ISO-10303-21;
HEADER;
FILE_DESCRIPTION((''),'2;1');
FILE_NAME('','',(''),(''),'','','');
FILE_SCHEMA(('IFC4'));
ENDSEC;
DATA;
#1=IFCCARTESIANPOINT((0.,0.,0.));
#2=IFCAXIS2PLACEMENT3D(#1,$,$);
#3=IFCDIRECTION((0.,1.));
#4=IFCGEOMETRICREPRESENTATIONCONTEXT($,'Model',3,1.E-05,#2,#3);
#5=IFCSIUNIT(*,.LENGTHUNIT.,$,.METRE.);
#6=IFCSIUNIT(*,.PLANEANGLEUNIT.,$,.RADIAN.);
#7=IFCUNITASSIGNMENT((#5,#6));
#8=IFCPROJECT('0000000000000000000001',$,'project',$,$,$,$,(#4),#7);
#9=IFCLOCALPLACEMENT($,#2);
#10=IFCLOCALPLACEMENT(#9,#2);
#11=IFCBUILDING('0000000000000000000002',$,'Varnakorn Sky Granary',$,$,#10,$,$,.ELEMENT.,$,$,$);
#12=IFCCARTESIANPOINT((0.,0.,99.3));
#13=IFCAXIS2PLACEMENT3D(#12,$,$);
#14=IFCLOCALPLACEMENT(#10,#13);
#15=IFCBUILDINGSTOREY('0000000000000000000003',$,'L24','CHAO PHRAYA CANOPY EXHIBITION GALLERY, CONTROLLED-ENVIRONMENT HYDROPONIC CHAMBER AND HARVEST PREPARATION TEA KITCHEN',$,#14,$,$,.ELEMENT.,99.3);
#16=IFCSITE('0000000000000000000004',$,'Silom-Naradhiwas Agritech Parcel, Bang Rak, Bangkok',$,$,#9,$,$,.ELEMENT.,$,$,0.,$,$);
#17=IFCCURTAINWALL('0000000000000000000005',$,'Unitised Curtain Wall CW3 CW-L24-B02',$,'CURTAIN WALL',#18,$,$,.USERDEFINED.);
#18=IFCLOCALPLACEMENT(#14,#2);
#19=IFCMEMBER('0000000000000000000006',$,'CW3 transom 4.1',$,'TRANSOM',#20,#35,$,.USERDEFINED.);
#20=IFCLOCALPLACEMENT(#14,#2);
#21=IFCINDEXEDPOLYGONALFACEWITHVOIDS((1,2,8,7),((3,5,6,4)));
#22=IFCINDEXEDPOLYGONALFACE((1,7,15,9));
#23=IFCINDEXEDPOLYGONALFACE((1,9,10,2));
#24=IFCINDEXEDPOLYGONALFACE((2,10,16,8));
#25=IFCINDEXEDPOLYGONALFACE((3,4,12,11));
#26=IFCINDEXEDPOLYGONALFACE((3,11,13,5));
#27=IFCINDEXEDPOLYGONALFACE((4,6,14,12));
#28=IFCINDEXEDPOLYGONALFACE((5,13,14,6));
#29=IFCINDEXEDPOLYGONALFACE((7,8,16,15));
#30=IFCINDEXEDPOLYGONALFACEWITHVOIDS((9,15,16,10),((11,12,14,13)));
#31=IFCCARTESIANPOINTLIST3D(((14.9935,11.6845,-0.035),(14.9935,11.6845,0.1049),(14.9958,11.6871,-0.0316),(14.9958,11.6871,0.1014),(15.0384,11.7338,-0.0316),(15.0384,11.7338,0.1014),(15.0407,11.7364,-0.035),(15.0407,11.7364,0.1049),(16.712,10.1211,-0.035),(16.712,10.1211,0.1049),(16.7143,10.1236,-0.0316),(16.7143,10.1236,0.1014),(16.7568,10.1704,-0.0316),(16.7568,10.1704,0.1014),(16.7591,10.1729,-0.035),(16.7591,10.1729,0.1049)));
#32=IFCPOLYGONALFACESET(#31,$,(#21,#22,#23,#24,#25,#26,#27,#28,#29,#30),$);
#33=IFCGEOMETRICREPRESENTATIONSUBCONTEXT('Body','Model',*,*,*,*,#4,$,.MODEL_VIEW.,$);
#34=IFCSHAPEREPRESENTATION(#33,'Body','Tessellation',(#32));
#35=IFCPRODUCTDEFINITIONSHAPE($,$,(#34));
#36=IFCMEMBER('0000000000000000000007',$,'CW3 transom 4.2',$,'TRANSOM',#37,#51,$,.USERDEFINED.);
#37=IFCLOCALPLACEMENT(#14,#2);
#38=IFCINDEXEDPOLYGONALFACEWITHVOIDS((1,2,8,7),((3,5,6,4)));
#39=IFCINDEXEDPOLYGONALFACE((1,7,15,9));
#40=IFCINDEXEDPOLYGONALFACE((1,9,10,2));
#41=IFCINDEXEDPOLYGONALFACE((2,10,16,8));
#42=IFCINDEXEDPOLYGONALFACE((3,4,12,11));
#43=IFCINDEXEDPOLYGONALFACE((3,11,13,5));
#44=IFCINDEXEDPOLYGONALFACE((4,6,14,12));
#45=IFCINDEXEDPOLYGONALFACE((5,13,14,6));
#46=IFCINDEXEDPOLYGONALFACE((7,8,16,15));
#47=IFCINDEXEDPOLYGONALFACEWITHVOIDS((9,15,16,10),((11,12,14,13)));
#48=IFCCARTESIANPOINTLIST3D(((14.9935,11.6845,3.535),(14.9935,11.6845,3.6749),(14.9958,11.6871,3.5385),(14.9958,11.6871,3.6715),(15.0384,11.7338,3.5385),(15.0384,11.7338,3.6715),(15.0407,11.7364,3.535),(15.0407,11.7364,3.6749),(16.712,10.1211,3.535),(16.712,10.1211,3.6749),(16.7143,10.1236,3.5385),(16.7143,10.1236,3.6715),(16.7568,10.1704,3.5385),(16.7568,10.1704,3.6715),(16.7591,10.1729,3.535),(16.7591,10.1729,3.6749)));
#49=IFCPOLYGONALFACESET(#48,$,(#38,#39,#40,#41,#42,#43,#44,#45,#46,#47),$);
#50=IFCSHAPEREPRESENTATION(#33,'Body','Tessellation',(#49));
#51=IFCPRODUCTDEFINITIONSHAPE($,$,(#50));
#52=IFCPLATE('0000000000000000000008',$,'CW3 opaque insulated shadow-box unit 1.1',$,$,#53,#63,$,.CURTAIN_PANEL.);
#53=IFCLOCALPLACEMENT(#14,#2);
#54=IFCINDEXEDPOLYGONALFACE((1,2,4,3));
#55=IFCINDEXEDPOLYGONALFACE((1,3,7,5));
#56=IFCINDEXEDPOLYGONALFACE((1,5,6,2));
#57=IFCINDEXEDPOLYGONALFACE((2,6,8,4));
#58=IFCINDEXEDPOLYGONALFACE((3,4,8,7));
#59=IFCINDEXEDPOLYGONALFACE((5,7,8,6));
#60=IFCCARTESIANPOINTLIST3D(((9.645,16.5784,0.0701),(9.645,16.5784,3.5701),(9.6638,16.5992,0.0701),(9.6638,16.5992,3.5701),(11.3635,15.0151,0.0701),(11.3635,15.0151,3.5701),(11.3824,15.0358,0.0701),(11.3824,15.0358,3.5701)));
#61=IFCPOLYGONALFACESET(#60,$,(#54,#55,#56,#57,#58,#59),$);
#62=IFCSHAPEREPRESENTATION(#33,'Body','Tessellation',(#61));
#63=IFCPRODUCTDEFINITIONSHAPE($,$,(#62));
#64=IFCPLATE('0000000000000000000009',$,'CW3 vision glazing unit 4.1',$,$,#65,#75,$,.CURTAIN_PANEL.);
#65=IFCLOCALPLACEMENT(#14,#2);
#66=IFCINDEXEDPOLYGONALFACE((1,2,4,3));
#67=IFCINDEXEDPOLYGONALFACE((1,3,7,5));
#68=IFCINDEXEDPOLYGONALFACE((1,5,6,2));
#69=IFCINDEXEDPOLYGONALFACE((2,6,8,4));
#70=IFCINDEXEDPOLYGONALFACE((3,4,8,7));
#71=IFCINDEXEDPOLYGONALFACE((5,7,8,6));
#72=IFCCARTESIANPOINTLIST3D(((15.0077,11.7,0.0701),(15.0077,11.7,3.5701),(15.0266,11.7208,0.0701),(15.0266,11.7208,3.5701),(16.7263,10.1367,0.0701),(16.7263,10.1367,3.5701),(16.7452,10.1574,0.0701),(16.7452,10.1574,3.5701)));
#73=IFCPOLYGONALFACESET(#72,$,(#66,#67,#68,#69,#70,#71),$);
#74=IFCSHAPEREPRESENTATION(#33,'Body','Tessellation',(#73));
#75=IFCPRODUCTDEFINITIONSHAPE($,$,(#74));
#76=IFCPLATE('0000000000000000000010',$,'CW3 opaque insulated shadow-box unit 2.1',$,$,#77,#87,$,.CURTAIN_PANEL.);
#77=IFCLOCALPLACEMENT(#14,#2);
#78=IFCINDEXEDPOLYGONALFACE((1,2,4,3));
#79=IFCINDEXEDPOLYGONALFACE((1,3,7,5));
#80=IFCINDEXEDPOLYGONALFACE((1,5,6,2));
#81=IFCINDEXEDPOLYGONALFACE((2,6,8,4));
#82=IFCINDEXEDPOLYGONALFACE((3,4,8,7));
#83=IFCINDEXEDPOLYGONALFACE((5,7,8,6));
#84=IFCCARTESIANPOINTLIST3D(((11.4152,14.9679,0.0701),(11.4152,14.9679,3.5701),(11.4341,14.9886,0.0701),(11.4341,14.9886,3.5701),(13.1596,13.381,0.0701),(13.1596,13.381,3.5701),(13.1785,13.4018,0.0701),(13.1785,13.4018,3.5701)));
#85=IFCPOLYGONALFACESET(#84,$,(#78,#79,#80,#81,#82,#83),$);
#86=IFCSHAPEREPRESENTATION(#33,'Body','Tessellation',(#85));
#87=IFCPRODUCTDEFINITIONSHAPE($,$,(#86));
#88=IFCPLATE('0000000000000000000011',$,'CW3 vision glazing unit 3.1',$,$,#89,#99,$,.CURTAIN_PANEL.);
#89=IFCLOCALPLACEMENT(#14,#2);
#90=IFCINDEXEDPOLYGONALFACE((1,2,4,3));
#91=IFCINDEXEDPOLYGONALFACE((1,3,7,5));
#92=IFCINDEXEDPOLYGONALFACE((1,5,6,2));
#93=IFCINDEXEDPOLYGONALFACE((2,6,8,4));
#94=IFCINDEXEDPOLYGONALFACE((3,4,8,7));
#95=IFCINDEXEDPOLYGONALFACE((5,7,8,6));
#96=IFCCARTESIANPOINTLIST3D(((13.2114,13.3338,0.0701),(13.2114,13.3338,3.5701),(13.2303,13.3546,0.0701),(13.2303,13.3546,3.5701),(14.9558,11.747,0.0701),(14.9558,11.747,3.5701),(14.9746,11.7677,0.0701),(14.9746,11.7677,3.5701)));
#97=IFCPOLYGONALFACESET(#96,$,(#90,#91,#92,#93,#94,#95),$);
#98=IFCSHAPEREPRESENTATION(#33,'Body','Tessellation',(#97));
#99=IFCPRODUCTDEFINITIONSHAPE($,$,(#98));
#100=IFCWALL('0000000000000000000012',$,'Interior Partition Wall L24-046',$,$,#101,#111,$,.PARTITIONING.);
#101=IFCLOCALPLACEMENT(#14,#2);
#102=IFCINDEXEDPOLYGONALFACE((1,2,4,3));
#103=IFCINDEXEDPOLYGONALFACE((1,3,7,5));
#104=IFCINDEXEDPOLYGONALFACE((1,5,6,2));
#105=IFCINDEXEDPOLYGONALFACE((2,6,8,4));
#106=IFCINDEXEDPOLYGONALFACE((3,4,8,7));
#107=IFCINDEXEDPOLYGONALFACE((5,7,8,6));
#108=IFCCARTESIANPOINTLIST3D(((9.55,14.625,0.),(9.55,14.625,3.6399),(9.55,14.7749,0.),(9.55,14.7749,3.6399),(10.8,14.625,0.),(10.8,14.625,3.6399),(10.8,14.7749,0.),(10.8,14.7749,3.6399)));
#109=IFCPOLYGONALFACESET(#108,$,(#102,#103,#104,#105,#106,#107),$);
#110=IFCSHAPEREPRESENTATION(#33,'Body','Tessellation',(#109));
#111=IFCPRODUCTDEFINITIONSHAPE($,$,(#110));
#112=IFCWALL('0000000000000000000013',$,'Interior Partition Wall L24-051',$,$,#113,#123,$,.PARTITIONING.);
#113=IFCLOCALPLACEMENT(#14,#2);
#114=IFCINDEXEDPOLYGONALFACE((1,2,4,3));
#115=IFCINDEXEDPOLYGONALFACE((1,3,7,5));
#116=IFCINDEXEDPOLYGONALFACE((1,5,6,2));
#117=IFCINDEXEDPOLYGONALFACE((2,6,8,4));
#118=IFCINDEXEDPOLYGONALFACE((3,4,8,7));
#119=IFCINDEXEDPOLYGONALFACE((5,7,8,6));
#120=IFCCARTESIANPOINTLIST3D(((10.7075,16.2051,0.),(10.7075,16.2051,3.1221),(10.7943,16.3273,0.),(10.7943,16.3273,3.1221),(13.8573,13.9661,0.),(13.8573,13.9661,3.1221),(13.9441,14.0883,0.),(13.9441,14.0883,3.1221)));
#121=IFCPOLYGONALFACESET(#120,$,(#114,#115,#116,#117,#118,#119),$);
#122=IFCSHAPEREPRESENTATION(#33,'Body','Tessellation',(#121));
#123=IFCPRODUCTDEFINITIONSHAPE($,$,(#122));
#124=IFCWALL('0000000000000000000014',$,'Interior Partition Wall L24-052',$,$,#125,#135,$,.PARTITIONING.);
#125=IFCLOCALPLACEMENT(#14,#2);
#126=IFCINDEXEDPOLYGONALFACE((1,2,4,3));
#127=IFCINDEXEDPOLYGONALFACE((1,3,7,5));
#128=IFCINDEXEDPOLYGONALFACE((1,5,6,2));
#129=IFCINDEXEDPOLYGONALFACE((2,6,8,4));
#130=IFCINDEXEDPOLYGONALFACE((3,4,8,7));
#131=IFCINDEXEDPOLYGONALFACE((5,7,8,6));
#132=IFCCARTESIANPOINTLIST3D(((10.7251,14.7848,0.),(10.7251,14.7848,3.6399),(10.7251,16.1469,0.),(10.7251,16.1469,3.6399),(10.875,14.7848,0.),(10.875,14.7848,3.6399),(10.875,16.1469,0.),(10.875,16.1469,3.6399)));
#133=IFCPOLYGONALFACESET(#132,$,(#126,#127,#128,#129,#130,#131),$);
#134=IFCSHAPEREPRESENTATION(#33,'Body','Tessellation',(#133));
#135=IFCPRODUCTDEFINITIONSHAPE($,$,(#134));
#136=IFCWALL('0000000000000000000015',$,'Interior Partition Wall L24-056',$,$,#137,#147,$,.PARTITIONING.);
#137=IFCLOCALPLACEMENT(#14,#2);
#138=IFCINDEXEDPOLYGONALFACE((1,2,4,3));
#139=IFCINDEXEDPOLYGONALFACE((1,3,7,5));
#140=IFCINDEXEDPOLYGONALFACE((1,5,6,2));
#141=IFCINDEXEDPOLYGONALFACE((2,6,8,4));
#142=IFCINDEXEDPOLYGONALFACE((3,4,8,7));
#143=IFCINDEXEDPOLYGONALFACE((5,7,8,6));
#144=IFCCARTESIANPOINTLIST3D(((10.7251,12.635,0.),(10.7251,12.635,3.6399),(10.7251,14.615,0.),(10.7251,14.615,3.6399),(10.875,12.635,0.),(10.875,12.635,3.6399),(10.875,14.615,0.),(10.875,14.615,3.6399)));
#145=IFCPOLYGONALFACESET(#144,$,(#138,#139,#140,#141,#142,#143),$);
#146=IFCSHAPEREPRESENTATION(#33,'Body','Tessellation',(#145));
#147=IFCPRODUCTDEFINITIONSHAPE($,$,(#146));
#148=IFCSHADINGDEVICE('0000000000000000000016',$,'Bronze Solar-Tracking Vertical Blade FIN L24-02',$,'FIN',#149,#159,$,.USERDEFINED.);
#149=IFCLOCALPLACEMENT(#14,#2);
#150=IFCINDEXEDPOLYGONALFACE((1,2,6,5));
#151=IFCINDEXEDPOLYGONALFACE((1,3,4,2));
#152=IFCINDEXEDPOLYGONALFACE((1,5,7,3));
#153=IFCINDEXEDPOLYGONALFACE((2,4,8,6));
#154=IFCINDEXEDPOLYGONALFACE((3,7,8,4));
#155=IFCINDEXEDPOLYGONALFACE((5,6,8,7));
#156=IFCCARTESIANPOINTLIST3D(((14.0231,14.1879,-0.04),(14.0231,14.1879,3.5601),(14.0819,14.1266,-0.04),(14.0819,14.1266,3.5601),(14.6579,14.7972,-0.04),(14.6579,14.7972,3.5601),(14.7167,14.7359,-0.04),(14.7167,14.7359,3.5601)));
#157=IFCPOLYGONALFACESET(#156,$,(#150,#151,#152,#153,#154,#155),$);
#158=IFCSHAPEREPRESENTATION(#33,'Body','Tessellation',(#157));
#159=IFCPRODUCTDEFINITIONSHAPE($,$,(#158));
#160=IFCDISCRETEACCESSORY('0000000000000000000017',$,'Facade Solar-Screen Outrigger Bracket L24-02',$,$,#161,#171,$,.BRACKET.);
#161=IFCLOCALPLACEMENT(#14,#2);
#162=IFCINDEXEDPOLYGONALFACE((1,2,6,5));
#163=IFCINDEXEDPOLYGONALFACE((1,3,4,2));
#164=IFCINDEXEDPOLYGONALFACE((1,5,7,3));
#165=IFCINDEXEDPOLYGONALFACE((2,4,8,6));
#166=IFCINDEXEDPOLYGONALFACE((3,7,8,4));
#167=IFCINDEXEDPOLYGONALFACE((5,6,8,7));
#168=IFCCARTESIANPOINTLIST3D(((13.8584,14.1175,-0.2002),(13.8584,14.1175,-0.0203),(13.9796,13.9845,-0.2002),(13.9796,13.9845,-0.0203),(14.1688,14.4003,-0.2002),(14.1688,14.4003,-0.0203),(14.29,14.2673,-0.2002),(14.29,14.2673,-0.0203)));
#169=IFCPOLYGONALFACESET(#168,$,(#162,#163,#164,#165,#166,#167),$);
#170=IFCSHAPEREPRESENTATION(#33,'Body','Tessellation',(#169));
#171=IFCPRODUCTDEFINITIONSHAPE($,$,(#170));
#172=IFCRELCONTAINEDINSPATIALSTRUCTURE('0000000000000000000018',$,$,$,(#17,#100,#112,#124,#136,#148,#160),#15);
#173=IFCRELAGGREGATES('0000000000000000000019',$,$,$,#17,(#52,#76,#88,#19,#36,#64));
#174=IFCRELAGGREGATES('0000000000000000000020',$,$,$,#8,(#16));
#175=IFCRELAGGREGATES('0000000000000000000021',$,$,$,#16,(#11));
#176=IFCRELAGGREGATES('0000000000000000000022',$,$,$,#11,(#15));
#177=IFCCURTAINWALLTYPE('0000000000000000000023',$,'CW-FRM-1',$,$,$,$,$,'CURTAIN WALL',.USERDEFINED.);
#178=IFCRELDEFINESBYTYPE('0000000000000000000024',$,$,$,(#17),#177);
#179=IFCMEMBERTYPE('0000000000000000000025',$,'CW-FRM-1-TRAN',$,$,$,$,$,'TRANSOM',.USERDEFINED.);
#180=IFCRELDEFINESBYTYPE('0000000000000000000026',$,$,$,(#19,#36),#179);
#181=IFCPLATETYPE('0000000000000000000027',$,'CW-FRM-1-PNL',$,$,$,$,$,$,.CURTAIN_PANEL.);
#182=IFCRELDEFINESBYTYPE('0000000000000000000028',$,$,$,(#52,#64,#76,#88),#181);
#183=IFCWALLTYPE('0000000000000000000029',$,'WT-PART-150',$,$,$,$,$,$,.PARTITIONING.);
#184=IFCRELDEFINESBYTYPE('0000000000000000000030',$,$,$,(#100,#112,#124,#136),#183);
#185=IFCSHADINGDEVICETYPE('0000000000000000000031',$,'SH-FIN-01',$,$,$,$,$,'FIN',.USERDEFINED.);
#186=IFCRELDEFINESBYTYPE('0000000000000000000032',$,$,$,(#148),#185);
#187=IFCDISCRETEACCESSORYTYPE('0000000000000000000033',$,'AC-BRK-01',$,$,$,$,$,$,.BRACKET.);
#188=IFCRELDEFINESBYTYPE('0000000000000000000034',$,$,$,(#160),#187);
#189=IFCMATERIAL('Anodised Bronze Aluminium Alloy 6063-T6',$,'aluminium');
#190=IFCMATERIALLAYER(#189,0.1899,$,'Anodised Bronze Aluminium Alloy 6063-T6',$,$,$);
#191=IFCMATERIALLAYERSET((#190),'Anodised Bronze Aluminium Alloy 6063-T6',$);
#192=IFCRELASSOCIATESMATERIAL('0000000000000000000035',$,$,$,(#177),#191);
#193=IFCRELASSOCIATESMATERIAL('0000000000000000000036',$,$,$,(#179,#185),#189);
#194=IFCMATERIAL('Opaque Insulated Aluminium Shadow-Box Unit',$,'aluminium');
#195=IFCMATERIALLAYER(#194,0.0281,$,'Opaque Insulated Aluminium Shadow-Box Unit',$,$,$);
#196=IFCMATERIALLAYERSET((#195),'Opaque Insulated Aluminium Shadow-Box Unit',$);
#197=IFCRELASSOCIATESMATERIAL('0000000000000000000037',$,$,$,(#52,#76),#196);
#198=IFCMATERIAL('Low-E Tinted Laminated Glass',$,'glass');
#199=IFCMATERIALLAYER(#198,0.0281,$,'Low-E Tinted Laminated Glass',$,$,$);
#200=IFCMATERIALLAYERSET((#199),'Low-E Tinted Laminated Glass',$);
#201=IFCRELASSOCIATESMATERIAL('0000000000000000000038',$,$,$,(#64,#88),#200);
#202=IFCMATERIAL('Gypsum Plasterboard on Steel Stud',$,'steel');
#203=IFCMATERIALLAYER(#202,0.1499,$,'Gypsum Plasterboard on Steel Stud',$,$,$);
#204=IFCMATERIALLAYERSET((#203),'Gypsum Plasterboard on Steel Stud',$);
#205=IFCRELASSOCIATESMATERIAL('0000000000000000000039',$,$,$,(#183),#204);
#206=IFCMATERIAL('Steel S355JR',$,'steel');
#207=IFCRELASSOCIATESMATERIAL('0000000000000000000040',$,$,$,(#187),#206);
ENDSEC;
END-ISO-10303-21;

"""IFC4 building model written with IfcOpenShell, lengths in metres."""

from ifc_helpers import new_model, si_unit, direction, frame, frame_2d, origin, origin_2d, place, context, subcontext, project, spatial, rectangle, hollow_rectangle, extrude, source, transform, mapped, material, layer, layer_set, material_profile, profile_set, type_object, type_shapes, element, aggregate, save


model = new_model("IFC4")

# Units and contexts
model_context = context("Model", 3, precision=1e-05, world=origin(), true_north=direction((0.0, 1.0)))
body_context = subcontext(model_context, "Body", "Model", "MODEL_VIEW")
ifc_project = project(units=[si_unit("LENGTHUNIT", "METRE"), si_unit("PLANEANGLEUNIT", "RADIAN")], contexts=[model_context])

# Site, building, storey
site_placement = place(None, origin())
site = spatial("IfcSite", under=ifc_project, at=site_placement, Name="Silom-Naradhiwas Agritech Parcel, Bang Rak, Bangkok", CompositionType="ELEMENT", RefElevation=0.0)
building_placement = place(site_placement, origin())
building = spatial("IfcBuilding", under=site, at=building_placement, Name="Varnakorn Sky Granary", CompositionType="ELEMENT")
storey_placement = place(building_placement, frame((0.0, 0.0, 99.3)))
storey = spatial("IfcBuildingStorey", under=building, at=storey_placement, Name="L24", Description="CHAO PHRAYA CANOPY EXHIBITION GALLERY, CONTROLLED-ENVIRONMENT HYDROPONIC CHAMBER AND HARVEST PREPARATION TEA KITCHEN", CompositionType="ELEMENT", Elevation=99.3)

# Shared definitions
ifc_material_1 = material(Name="Steel S355JR", Category="steel")

# Curtain wall, members, plates
ifc_material_2 = material(Name="Anodised Bronze Aluminium Alloy 6063-T6", Category="aluminium")
ifc_layer_1 = layer(ifc_material_2, 0.1899, Name="Anodised Bronze Aluminium Alloy 6063-T6")
ifc_layer_set_1 = layer_set([ifc_layer_1], Name="Anodised Bronze Aluminium Alloy 6063-T6")
curtain_wall_type = type_object("IfcCurtainWallType", Name="CW-FRM-1", ElementType="CURTAIN WALL", PredefinedType="USERDEFINED", material=ifc_layer_set_1)
curtain_wall_placement = place(storey_placement, origin())
curtain_wall = element("IfcCurtainWall", 1, at=curtain_wall_placement, inside=storey, type_object=curtain_wall_type, Name="Unitised Curtain Wall CW3 CW-L24-B02", ObjectType="CURTAIN WALL", PredefinedType="USERDEFINED")
ifc_material_profile_1 = material_profile(ifc_material_2, hollow_rectangle(XDim=0.0701, YDim=0.1399, WallThickness=0.0034, at=origin_2d()), Name="ALU TRAN 70x140")
ifc_profile_set_1 = profile_set([ifc_material_profile_1], Name="Anodised Bronze Aluminium Alloy 6063-T6")
member_type_1 = type_object("IfcMemberType", Name="CW-FRM-1-TRAN", ElementType="TRANSOM", PredefinedType="USERDEFINED", material=ifc_profile_set_1)
member_1_placement = place(storey_placement, frame((15.0171, 11.7104, 0.0349), z_axis=(0.739683, -0.672955, 0.0), x_axis=(0.672955, 0.739683, 0.0)))
member_1 = element("IfcMember", 2, at=member_1_placement, type_object=member_type_1, Name="CW3 transom 4.1", ObjectType="TRANSOM", PredefinedType="USERDEFINED", context=body_context, shape_type="SweptSolid", body=[
    extrude(hollow_rectangle(XDim=0.0701, YDim=0.1399, WallThickness=0.0034, at=origin_2d()), origin(), (0.0, 0.0, 1.0), 2.3232),
])
member_2_placement = place(storey_placement, frame((15.0171, 11.7104, 3.605), z_axis=(0.739683, -0.672955, 0.0), x_axis=(0.672955, 0.739683, 0.0)))
member_2 = element("IfcMember", 3, at=member_2_placement, type_object=member_type_1, Name="CW3 transom 4.2", ObjectType="TRANSOM", PredefinedType="USERDEFINED", context=body_context, shape_type="SweptSolid", body=[
    extrude(hollow_rectangle(XDim=0.0701, YDim=0.1399, WallThickness=0.0034, at=origin_2d()), origin(), (0.0, 0.0, 1.0), 2.3232),
])
ifc_material_3 = material(Name="Opaque Insulated Aluminium Shadow-Box Unit", Category="aluminium")
ifc_layer_2 = layer(ifc_material_3, 0.0281, Name="Opaque Insulated Aluminium Shadow-Box Unit")
ifc_layer_set_2 = layer_set([ifc_layer_2], Name="Opaque Insulated Aluminium Shadow-Box Unit")
plate_type = type_object("IfcPlateType", Name="CW-FRM-1-PNL", PredefinedType="CURTAIN_PANEL")
shared_shape_1 = source(origin(), body_context, "Body", "SweptSolid", [
    extrude(rectangle(XDim=2.3232, YDim=0.0281, at=origin_2d()), origin(), (0.0, 0.0, 1.0), 3.5),
])
plate_1_placement = place(storey_placement, frame((10.5137, 15.8071, 0.0701), z_axis=(0.0, 0.0, 1.0), x_axis=(0.739716, -0.672919, 0.0)))
plate_1 = element("IfcPlate", 4, at=plate_1_placement, type_object=plate_type, material=ifc_layer_set_2, Name="CW3 opaque insulated shadow-box unit 1.1", PredefinedType="CURTAIN_PANEL", context=body_context, shape_type="MappedRepresentation", body=[
    mapped(shared_shape_1, transform((0.0, 0.0, 0.0), x_axis=(1.0, 0.0, 0.0), y_axis=(0.0, 1.0, 0.0), z_axis=(0.0, 0.0, 1.0), scale=1.0)),
])
ifc_material_4 = material(Name="Low-E Tinted Laminated Glass", Category="glass")
ifc_layer_3 = layer(ifc_material_4, 0.0281, Name="Low-E Tinted Laminated Glass")
ifc_layer_set_3 = layer_set([ifc_layer_3], Name="Low-E Tinted Laminated Glass")
plate_2_placement = place(storey_placement, frame((15.8765, 10.9287, 0.0701), z_axis=(0.0, 0.0, 1.0), x_axis=(0.739716, -0.672919, 0.0)))
plate_2 = element("IfcPlate", 5, at=plate_2_placement, type_object=plate_type, material=ifc_layer_set_3, Name="CW3 vision glazing unit 4.1", PredefinedType="CURTAIN_PANEL", context=body_context, shape_type="MappedRepresentation", body=[
    mapped(shared_shape_1, transform((0.0, 0.0, 0.0), x_axis=(1.0, 0.0, 0.0), y_axis=(0.0, 1.0, 0.0), z_axis=(0.0, 0.0, 1.0), scale=1.0)),
])
shared_shape_2 = source(origin(), body_context, "Body", "SweptSolid", [
    extrude(rectangle(XDim=2.3582, YDim=0.0281, at=origin_2d()), origin(), (0.0, 0.0, 1.0), 3.5),
])
type_shapes(plate_type, [shared_shape_1, shared_shape_2])
plate_3_placement = place(storey_placement, frame((12.2969, 14.1848, 0.0701), z_axis=(0.0, 0.0, 1.0), x_axis=(0.739716, -0.672919, 0.0)))
plate_3 = element("IfcPlate", 6, at=plate_3_placement, type_object=plate_type, material=ifc_layer_set_2, Name="CW3 opaque insulated shadow-box unit 2.1", PredefinedType="CURTAIN_PANEL", context=body_context, shape_type="MappedRepresentation", body=[
    mapped(shared_shape_2, transform((0.0, 0.0, 0.0), x_axis=(1.0, 0.0, 0.0), y_axis=(0.0, 1.0, 0.0), z_axis=(0.0, 0.0, 1.0), scale=1.0)),
])
plate_4_placement = place(storey_placement, frame((14.093, 12.5508, 0.0701), z_axis=(0.0, 0.0, 1.0), x_axis=(0.739716, -0.672919, 0.0)))
plate_4 = element("IfcPlate", 7, at=plate_4_placement, type_object=plate_type, material=ifc_layer_set_3, Name="CW3 vision glazing unit 3.1", PredefinedType="CURTAIN_PANEL", context=body_context, shape_type="MappedRepresentation", body=[
    mapped(shared_shape_2, transform((0.0, 0.0, 0.0), x_axis=(1.0, 0.0, 0.0), y_axis=(0.0, 1.0, 0.0), z_axis=(0.0, 0.0, 1.0), scale=1.0)),
])
aggregate(curtain_wall, [plate_1, plate_3, plate_4, member_1, member_2, plate_2])

# Walls
ifc_material_5 = material(Name="Gypsum Plasterboard on Steel Stud", Category="steel")
ifc_layer_4 = layer(ifc_material_5, 0.1499, Name="Gypsum Plasterboard on Steel Stud")
ifc_layer_set_4 = layer_set([ifc_layer_4], Name="Gypsum Plasterboard on Steel Stud")
wall_type = type_object("IfcWallType", Name="WT-PART-150", PredefinedType="PARTITIONING", material=ifc_layer_set_4)
wall_1_placement = place(storey_placement, frame((10.8, 14.7, 0.0), z_axis=(0.0, 0.0, 1.0), x_axis=(-1.0, 0.0, 0.0)))
element("IfcWall", 8, at=wall_1_placement, inside=storey, type_object=wall_type, Name="Interior Partition Wall L24-046", PredefinedType="PARTITIONING", context=body_context, shape_type="SweptSolid", body=[
    extrude(rectangle(XDim=1.25, YDim=0.1499, at=frame_2d((0.625, 0.0))), origin(), (0.0, 0.0, 1.0), 3.6399),
])
wall_2_placement = place(storey_placement, frame((10.751, 16.2661, 0.0), z_axis=(0.0, 0.0, 1.0), x_axis=(0.815067, -0.579366, 0.0)))
element("IfcWall", 9, at=wall_2_placement, inside=storey, type_object=wall_type, Name="Interior Partition Wall L24-051", PredefinedType="PARTITIONING", context=body_context, shape_type="SweptSolid", body=[
    extrude(rectangle(XDim=3.8645, YDim=0.1499, at=frame_2d((1.9321, 0.0))), origin(), (0.0, 0.0, 1.0), 3.1221),
])
wall_3_placement = place(storey_placement, frame((10.8, 16.147, 0.0), z_axis=(0.0, 0.0, 1.0), x_axis=(0.0, -1.0, 0.0)))
element("IfcWall", 10, at=wall_3_placement, inside=storey, type_object=wall_type, Name="Interior Partition Wall L24-052", PredefinedType="PARTITIONING", context=body_context, shape_type="SweptSolid", body=[
    extrude(rectangle(XDim=1.3621, YDim=0.1499, at=frame_2d((0.6812, 0.0))), origin(), (0.0, 0.0, 1.0), 3.6399),
])
wall_4_placement = place(storey_placement, frame((10.8, 12.635, 0.0), z_axis=(0.0, 0.0, 1.0), x_axis=(0.0, 1.0, 0.0)))
element("IfcWall", 11, at=wall_4_placement, inside=storey, type_object=wall_type, Name="Interior Partition Wall L24-056", PredefinedType="PARTITIONING", context=body_context, shape_type="SweptSolid", body=[
    extrude(rectangle(XDim=1.98, YDim=0.1499, at=frame_2d((0.99, 0.0))), origin(), (0.0, 0.0, 1.0), 3.6399),
])

# Shading device
shading_device_type = type_object("IfcShadingDeviceType", Name="SH-FIN-01", ElementType="FIN", PredefinedType="USERDEFINED", material=ifc_material_2)
shared_shape_3 = source(origin(), body_context, "Body", "SweptSolid", [
    extrude(rectangle(XDim=0.085, YDim=0.8799, at=origin_2d()), origin(), (0.0, 0.0, 1.0), 3.6001),
])
type_shapes(shading_device_type, [shared_shape_3])
shading_device_placement = place(storey_placement, frame((14.3699, 14.4619, -0.04), z_axis=(0.0, 0.0, 1.0), x_axis=(-0.692452, 0.721464, 0.0)))
element("IfcShadingDevice", 12, at=shading_device_placement, inside=storey, type_object=shading_device_type, Name="Bronze Solar-Tracking Vertical Blade FIN L24-02", ObjectType="FIN", PredefinedType="USERDEFINED", context=body_context, shape_type="MappedRepresentation", body=[
    mapped(shared_shape_3, transform((0.0, 0.0, 0.0), x_axis=(1.0, 0.0, 0.0), y_axis=(0.0, 1.0, 0.0), z_axis=(0.0, 0.0, 1.0), scale=1.0)),
])

# Discrete accessory
discrete_accessory_type = type_object("IfcDiscreteAccessoryType", Name="AC-BRK-01", PredefinedType="BRACKET", material=ifc_material_1)
shared_shape_4 = source(origin(), body_context, "Body", "SweptSolid", [
    extrude(rectangle(XDim=0.1799, YDim=0.4199, at=origin_2d()), origin(), (0.0, 0.0, 1.0), 0.1799),
])
type_shapes(discrete_accessory_type, [shared_shape_4])
discrete_accessory_placement = place(storey_placement, frame((14.0742, 14.1924, -0.2002), z_axis=(0.0, 0.0, 1.0), x_axis=(-0.673558, 0.739135, 0.0)))
element("IfcDiscreteAccessory", 13, at=discrete_accessory_placement, inside=storey, type_object=discrete_accessory_type, Name="Facade Solar-Screen Outrigger Bracket L24-02", PredefinedType="BRACKET", context=body_context, shape_type="MappedRepresentation", body=[
    mapped(shared_shape_4, transform((0.0, 0.0, 0.0), x_axis=(1.0, 0.0, 0.0), y_axis=(0.0, 1.0, 0.0), z_axis=(0.0, 0.0, 1.0), scale=1.0)),
])

save(model, "model.ifc")
